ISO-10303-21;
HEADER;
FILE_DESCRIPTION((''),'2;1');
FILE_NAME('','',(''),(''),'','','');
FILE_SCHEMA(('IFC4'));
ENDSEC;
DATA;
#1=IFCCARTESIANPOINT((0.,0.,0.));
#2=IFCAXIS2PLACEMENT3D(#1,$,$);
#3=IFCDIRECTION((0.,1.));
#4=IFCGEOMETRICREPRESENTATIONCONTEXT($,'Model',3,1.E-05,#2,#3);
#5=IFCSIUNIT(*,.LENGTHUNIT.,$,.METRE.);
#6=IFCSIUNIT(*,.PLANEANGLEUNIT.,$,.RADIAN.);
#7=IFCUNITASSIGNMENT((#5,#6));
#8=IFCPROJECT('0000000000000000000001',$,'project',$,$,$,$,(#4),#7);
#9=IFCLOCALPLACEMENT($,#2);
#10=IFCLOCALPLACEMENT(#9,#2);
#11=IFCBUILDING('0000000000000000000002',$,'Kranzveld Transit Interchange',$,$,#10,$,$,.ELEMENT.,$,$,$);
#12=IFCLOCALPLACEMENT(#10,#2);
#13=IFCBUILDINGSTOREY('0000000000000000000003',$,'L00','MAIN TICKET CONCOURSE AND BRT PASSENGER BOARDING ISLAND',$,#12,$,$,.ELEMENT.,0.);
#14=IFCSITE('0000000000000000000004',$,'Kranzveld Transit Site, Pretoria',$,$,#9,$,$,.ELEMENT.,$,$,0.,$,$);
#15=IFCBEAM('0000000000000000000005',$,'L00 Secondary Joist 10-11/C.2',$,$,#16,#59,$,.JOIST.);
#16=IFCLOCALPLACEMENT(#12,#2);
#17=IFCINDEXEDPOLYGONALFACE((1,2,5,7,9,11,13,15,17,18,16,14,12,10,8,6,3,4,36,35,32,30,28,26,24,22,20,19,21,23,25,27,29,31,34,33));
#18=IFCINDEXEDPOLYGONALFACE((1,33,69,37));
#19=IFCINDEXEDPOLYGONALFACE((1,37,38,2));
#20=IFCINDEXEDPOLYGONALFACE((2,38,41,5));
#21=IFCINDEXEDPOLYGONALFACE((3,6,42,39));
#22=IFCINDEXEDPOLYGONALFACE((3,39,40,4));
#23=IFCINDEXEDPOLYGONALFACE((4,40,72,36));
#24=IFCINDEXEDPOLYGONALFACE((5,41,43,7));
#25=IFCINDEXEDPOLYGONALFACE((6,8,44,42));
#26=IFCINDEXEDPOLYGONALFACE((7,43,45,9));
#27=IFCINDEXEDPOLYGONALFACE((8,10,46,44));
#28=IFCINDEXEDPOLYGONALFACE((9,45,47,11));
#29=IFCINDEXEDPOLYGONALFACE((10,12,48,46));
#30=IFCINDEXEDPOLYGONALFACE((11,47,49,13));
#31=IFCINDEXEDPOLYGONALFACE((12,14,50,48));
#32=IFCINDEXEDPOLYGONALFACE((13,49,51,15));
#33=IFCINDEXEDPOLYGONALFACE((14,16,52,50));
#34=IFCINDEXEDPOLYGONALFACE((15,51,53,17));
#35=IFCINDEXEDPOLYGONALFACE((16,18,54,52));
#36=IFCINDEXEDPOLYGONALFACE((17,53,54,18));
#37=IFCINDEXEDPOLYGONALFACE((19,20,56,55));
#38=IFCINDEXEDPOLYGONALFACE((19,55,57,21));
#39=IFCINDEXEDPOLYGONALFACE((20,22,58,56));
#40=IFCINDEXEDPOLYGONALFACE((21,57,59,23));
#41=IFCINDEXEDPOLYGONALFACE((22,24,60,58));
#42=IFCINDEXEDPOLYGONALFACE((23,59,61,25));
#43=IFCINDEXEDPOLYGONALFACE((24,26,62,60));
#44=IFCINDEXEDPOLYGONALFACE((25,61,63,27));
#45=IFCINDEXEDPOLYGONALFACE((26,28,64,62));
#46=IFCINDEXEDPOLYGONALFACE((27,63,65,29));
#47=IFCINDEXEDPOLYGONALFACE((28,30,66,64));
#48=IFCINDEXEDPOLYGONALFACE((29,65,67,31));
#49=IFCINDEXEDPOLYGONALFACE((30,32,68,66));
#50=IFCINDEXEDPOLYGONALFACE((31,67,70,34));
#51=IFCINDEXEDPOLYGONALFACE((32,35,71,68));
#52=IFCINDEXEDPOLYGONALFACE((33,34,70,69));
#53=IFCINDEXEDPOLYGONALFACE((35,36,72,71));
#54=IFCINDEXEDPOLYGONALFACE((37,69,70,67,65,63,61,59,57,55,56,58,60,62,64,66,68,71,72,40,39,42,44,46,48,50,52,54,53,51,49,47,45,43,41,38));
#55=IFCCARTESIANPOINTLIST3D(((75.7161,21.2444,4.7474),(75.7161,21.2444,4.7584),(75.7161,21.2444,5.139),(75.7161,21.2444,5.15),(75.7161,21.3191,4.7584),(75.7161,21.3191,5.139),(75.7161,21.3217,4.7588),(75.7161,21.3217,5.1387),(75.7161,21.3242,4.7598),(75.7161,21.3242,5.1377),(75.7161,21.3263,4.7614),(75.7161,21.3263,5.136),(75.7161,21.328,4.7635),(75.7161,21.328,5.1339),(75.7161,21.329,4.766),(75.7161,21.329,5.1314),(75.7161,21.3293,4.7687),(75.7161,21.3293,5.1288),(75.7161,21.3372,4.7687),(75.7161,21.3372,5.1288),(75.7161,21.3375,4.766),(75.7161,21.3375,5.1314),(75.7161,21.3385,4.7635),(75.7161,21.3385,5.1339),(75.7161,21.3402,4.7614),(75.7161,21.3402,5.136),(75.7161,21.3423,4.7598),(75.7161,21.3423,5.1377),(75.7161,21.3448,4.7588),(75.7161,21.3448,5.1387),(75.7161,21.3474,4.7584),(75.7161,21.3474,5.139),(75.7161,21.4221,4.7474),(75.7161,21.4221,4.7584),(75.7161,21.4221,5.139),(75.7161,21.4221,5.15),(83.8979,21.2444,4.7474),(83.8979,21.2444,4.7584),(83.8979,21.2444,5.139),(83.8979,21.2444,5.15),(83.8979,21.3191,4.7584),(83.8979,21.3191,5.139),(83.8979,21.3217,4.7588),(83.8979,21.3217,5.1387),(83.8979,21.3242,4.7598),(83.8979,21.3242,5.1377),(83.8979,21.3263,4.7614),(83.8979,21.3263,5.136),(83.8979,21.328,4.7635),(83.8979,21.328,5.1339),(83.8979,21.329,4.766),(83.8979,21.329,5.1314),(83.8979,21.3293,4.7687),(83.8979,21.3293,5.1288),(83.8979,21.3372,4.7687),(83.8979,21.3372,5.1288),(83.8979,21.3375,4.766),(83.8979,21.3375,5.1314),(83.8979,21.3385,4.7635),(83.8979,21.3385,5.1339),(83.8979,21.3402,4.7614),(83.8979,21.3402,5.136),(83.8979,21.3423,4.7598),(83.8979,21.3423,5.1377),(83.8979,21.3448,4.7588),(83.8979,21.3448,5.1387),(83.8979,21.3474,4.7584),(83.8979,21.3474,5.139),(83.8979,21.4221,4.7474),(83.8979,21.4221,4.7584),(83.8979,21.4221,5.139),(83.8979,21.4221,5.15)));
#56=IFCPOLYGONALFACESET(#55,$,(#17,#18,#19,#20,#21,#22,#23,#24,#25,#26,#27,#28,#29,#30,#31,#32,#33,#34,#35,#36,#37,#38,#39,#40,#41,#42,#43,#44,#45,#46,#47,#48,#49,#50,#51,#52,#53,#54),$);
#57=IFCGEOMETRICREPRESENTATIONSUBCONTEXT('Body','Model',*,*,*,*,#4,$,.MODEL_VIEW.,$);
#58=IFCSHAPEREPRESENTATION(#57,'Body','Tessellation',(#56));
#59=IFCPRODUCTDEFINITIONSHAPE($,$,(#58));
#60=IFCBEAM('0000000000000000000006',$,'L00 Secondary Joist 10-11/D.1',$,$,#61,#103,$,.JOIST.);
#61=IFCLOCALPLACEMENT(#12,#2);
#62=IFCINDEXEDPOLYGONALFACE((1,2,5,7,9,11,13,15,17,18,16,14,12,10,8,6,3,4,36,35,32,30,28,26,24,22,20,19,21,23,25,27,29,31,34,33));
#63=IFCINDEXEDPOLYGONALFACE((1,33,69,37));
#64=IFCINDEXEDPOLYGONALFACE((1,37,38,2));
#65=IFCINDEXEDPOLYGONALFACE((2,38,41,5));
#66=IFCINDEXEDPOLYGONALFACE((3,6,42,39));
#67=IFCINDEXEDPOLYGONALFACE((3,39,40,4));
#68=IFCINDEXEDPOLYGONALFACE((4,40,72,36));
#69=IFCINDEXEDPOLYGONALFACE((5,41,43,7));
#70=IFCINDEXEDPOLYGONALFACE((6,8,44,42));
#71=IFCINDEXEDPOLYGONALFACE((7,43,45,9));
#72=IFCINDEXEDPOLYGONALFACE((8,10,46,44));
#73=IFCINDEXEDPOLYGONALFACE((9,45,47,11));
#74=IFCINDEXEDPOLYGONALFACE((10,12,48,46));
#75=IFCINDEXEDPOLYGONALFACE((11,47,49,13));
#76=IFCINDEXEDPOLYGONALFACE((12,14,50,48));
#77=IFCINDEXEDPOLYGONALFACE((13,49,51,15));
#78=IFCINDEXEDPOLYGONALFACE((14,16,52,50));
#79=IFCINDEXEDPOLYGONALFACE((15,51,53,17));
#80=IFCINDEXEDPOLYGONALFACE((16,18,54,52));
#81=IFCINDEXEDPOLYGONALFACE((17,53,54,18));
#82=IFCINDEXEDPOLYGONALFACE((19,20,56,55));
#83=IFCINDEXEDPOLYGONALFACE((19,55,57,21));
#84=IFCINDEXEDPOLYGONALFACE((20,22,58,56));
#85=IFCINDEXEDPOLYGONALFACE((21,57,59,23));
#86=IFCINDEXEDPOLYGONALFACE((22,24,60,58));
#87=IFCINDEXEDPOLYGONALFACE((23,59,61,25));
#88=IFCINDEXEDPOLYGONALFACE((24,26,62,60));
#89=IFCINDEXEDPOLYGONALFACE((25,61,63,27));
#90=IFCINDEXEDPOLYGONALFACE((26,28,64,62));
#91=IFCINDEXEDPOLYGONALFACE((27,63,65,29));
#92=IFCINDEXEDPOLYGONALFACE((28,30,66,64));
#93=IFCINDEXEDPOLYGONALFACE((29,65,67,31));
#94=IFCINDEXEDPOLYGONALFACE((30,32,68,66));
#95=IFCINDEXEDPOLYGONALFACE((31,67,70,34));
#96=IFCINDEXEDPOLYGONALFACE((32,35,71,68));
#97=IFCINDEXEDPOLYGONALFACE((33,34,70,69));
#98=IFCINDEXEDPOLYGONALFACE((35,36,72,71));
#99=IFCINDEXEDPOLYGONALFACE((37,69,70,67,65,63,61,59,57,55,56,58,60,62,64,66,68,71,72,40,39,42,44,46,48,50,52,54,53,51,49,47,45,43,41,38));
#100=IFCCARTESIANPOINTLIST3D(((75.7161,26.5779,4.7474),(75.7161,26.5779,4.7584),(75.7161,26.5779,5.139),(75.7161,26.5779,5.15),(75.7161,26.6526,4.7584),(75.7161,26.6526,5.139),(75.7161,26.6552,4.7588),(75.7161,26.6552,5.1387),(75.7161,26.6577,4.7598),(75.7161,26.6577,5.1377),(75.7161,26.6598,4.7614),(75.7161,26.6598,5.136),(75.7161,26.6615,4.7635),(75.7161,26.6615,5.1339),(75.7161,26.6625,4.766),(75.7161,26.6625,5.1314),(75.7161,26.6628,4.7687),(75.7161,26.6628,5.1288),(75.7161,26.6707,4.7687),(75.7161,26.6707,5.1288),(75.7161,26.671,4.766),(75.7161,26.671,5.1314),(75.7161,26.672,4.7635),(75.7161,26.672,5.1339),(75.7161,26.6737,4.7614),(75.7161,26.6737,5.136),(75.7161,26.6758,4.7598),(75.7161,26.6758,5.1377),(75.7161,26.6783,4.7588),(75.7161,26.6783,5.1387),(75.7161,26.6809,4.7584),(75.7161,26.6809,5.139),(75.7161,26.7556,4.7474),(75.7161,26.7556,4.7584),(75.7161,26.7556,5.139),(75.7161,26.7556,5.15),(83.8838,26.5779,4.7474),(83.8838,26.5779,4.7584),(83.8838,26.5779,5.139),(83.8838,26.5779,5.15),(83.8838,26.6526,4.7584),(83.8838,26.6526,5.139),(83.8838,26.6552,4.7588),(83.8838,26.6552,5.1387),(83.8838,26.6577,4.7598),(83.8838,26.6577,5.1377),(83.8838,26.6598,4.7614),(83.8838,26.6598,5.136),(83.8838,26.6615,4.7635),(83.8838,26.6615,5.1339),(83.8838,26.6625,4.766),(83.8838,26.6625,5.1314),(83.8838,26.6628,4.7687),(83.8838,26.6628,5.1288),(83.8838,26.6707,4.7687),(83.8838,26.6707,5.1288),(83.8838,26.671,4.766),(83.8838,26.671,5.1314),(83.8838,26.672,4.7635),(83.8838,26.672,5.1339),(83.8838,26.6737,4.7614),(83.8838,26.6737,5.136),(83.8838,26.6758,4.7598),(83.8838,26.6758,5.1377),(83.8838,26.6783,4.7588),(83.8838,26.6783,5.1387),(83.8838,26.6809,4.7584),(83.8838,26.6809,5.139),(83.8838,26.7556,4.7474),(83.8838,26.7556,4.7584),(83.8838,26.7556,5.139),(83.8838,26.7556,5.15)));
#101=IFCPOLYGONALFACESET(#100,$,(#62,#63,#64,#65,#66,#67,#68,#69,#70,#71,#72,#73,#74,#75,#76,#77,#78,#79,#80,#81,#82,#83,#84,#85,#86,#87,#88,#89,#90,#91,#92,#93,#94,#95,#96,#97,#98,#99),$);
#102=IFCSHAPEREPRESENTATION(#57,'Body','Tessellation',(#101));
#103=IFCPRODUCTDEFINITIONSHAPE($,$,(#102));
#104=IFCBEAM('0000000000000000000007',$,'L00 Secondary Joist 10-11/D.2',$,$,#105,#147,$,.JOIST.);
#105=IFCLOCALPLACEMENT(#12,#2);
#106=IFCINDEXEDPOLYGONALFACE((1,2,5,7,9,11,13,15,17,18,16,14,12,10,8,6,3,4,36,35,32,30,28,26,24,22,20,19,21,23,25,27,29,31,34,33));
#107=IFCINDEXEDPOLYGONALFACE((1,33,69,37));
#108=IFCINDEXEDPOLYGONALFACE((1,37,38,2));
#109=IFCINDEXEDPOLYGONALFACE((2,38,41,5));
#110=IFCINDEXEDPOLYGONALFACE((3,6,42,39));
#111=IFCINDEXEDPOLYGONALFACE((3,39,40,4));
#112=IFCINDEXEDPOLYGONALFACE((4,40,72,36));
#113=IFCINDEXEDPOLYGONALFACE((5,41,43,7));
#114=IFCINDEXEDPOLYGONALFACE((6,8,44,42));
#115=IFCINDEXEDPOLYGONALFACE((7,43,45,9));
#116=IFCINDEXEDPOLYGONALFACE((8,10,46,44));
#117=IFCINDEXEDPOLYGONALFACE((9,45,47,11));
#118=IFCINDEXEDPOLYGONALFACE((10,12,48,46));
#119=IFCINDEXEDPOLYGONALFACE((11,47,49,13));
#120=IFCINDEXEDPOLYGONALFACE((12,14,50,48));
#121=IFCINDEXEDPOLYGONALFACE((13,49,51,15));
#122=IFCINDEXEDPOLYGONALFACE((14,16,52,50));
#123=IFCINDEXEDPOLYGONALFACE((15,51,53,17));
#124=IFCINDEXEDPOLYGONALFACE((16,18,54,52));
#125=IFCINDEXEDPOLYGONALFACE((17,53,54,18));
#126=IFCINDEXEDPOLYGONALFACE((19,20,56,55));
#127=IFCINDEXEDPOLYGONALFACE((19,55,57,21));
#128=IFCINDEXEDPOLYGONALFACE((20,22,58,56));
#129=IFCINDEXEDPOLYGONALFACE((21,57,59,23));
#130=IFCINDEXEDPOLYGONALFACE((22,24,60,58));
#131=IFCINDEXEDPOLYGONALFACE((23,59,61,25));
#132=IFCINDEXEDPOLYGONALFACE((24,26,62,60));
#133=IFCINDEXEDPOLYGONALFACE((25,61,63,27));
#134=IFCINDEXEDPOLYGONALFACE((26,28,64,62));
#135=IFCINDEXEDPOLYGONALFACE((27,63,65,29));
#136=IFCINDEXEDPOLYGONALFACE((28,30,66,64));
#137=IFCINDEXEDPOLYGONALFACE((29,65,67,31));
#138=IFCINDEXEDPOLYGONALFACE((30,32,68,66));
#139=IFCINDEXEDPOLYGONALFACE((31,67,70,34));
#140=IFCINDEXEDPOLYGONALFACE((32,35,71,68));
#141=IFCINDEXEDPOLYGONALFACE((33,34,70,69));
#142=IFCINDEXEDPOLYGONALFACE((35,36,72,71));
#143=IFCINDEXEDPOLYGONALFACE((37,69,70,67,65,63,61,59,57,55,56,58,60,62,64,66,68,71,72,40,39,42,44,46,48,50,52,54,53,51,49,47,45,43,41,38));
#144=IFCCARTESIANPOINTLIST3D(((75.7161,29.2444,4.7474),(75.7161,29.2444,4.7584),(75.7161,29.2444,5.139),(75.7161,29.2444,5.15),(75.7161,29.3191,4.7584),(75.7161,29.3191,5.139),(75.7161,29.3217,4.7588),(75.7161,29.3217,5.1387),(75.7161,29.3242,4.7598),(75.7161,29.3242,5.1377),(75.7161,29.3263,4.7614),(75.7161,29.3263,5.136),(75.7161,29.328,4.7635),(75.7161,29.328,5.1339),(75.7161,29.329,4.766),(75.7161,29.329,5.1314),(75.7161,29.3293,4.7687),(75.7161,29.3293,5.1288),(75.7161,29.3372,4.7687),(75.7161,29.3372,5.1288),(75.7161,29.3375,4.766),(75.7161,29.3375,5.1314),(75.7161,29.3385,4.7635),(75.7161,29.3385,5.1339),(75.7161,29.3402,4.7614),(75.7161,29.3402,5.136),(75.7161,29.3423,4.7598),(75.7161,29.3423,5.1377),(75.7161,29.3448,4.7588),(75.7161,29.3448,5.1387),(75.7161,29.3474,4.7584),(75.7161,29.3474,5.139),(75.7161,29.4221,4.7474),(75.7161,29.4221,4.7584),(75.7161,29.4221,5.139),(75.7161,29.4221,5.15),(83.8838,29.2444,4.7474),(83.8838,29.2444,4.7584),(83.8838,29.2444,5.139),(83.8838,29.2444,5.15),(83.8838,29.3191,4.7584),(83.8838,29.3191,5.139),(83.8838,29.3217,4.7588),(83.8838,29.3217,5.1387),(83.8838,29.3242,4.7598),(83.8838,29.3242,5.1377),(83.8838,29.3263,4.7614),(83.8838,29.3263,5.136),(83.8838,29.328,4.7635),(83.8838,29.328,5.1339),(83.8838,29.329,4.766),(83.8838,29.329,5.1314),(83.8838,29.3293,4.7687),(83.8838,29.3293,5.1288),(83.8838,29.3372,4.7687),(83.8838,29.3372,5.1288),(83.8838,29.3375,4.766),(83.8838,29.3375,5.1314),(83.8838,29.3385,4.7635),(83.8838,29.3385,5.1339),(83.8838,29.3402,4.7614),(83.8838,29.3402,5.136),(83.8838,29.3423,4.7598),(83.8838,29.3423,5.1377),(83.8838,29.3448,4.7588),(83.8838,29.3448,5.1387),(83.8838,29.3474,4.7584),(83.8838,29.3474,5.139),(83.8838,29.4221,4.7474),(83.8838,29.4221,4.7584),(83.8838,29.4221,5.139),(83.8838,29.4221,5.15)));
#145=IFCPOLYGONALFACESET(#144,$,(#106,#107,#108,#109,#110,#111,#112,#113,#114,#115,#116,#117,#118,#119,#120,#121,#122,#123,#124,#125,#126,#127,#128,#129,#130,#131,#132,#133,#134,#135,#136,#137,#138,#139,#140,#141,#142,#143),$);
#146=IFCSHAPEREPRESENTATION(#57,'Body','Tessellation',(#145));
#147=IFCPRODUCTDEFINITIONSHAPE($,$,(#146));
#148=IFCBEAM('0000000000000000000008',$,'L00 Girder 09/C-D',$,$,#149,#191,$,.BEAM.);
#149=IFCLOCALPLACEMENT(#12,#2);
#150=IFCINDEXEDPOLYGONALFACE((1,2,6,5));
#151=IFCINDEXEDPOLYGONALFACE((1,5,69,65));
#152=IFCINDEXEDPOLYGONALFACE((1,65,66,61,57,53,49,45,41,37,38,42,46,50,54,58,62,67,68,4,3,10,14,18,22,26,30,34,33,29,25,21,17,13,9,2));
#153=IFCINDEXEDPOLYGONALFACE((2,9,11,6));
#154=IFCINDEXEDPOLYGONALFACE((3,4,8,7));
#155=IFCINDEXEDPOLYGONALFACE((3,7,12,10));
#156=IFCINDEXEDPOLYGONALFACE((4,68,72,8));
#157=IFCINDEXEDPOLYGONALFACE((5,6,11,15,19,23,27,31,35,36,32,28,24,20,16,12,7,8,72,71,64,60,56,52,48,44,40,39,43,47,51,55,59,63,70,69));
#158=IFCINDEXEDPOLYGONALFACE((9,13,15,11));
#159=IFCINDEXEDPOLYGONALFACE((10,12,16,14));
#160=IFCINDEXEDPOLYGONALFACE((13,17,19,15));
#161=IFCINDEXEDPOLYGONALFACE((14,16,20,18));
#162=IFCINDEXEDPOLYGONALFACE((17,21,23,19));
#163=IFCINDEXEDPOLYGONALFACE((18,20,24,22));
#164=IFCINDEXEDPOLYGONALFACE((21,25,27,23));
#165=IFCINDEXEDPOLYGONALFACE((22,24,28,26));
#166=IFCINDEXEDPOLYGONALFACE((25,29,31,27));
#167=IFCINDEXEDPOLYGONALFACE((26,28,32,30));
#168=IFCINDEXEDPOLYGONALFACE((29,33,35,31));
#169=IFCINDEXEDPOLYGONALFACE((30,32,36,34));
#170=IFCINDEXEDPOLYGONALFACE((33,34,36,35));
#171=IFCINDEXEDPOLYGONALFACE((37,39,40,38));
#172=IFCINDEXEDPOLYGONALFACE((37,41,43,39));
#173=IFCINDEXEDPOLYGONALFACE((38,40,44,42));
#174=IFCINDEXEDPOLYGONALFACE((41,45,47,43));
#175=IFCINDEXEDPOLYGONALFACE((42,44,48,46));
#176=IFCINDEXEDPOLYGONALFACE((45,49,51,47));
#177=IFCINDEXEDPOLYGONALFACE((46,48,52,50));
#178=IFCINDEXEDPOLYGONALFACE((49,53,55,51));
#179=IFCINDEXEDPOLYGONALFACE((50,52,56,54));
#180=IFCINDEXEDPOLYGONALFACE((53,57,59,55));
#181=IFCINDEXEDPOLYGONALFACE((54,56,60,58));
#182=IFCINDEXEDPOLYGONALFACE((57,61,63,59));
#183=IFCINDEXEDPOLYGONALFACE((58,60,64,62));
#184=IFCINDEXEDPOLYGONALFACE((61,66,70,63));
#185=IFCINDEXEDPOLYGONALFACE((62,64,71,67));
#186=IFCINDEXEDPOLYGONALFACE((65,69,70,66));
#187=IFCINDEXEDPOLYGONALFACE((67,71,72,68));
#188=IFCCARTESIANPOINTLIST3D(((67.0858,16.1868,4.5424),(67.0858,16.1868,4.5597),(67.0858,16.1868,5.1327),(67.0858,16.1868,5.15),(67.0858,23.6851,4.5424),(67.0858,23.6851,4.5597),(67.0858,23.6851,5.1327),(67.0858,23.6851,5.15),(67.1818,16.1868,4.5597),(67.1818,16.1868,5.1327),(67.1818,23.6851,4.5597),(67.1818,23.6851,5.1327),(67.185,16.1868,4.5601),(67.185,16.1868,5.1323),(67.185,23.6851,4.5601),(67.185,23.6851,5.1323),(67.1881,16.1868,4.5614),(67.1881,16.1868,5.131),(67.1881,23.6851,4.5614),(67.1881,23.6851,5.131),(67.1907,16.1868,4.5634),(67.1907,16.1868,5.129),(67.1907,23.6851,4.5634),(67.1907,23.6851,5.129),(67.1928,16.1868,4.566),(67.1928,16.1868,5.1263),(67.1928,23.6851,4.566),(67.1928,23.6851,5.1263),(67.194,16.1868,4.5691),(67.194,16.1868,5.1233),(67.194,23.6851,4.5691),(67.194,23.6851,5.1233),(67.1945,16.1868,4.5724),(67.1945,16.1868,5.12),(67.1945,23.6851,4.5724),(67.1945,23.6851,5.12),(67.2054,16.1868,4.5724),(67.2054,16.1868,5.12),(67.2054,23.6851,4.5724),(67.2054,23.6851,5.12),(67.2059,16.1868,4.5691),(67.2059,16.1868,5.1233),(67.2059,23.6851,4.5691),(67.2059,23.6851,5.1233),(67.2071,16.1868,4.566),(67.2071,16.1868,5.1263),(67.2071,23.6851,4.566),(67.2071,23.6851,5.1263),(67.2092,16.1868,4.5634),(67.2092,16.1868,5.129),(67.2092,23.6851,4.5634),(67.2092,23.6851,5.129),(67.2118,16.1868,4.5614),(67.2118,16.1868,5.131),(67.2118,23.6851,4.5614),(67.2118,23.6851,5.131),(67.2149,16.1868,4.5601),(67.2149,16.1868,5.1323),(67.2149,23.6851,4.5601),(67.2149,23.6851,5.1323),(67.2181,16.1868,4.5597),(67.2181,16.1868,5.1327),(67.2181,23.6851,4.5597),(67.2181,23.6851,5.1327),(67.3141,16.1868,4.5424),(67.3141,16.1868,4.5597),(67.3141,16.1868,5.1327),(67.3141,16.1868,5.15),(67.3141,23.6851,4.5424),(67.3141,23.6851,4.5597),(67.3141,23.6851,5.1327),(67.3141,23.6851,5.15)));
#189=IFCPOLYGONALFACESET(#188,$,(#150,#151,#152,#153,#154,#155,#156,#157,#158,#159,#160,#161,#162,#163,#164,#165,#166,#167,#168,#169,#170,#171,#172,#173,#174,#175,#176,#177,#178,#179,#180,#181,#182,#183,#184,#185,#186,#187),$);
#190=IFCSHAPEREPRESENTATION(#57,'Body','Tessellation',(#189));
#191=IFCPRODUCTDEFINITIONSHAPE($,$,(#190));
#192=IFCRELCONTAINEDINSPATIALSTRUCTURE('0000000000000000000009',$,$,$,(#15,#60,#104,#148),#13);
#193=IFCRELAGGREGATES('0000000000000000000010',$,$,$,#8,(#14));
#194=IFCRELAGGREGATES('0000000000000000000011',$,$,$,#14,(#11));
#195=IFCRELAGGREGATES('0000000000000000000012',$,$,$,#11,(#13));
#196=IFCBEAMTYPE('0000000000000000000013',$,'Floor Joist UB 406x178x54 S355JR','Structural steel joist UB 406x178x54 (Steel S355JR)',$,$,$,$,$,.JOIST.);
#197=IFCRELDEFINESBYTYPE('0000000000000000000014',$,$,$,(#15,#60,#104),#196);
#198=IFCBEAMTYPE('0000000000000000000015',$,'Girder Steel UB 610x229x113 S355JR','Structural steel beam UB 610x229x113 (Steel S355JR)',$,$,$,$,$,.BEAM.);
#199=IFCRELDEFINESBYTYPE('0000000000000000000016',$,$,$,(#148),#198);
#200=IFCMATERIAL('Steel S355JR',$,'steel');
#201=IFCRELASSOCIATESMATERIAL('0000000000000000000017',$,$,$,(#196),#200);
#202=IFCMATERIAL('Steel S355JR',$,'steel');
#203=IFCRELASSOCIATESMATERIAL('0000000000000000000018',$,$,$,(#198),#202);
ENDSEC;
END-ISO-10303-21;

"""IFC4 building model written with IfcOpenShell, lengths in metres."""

from ifc_helpers import new_model, si_unit, direction, frame, origin, origin_2d, place, context, subcontext, project, spatial, i_section, extrude, material, material_profile, profile_set, type_object, element, save


model = new_model("IFC4")

# Units and contexts
model_context = context("Model", 3, precision=1e-05, world=origin(), true_north=direction((0.0, 1.0)))
body_context = subcontext(model_context, "Body", "Model", "MODEL_VIEW")
ifc_project = project(units=[si_unit("LENGTHUNIT", "METRE"), si_unit("PLANEANGLEUNIT", "RADIAN")], contexts=[model_context])

# Site, building, storey
site_placement = place(None, origin())
site = spatial("IfcSite", under=ifc_project, at=site_placement, Name="Kranzveld Transit Site, Pretoria", CompositionType="ELEMENT", RefElevation=0.0)
building_placement = place(site_placement, origin())
building = spatial("IfcBuilding", under=site, at=building_placement, Name="Kranzveld Transit Interchange", CompositionType="ELEMENT")
storey_placement = place(building_placement, origin())
storey = spatial("IfcBuildingStorey", under=building, at=storey_placement, Name="L00", Description="MAIN TICKET CONCOURSE AND BRT PASSENGER BOARDING ISLAND", CompositionType="ELEMENT", Elevation=0.0)

# Beams
ifc_material_1 = material(Name="Steel S355JR", Category="steel")
ifc_material_profile_1 = material_profile(ifc_material_1, i_section(OverallWidth=0.1777, OverallDepth=0.4026, WebThickness=0.0078, FlangeThickness=0.011, FilletRadius=0.0103, at=origin_2d()), Name="UB 406x178x54")
ifc_profile_set_1 = profile_set([ifc_material_profile_1], Name="Steel S355JR")
beam_type_1 = type_object("IfcBeamType", Name="Floor Joist UB 406x178x54 S355JR", Description="Structural steel joist UB 406x178x54 (Steel S355JR)", PredefinedType="JOIST", material=ifc_profile_set_1)
for number, where, z_axis, x_axis, name in (
    (1, (75.7161, 21.3333, 4.9487), (1.0, 0.0, 0.0), (0.0, 1.0, 0.0), "L00 Secondary Joist 10-11/C.2"),
):
    element("IfcBeam", number, at=place(storey_placement, frame(where, z_axis=z_axis, x_axis=x_axis)), inside=storey, type_object=beam_type_1, Name=name, PredefinedType="JOIST", context=body_context, shape_type="SweptSolid", body=[
        extrude(i_section(OverallWidth=0.1777, OverallDepth=0.4026, WebThickness=0.0078, FlangeThickness=0.011, FilletRadius=0.0103, at=origin_2d()), origin(), (0.0, 0.0, 1.0), 8.1819),
    ])
for number, where, z_axis, x_axis, name in (
    (2, (75.7161, 26.6667, 4.9487), (1.0, 0.0, 0.0), (0.0, 1.0, 0.0), "L00 Secondary Joist 10-11/D.1"),
    (3, (75.7161, 29.3333, 4.9487), (1.0, 0.0, 0.0), (0.0, 1.0, 0.0), "L00 Secondary Joist 10-11/D.2"),
):
    element("IfcBeam", number, at=place(storey_placement, frame(where, z_axis=z_axis, x_axis=x_axis)), inside=storey, type_object=beam_type_1, Name=name, PredefinedType="JOIST", context=body_context, shape_type="SweptSolid", body=[
        extrude(i_section(OverallWidth=0.1777, OverallDepth=0.4026, WebThickness=0.0078, FlangeThickness=0.011, FilletRadius=0.0103, at=origin_2d()), origin(), (0.0, 0.0, 1.0), 8.1677),
    ])
ifc_material_2 = material(Name="Steel S355JR", Category="steel")
ifc_material_profile_2 = material_profile(ifc_material_2, i_section(OverallWidth=0.2283, OverallDepth=0.6077, WebThickness=0.011, FlangeThickness=0.0173, FilletRadius=0.0127, at=origin_2d()), Name="UB 610x229x113")
ifc_profile_set_2 = profile_set([ifc_material_profile_2], Name="Steel S355JR")
beam_type_2 = type_object("IfcBeamType", Name="Girder Steel UB 610x229x113 S355JR", Description="Structural steel beam UB 610x229x113 (Steel S355JR)", PredefinedType="BEAM", material=ifc_profile_set_2)
beam_1_placement = place(storey_placement, frame((67.2, 16.1868, 4.8462), z_axis=(0.0, 1.0, 0.0), x_axis=(-1.0, 0.0, 0.0)))
element("IfcBeam", 4, at=beam_1_placement, inside=storey, type_object=beam_type_2, Name="L00 Girder 09/C-D", PredefinedType="BEAM", context=body_context, shape_type="SweptSolid", body=[
    extrude(i_section(OverallWidth=0.2283, OverallDepth=0.6077, WebThickness=0.011, FlangeThickness=0.0173, FilletRadius=0.0127, at=origin_2d()), origin(), (0.0, 0.0, 1.0), 7.4983),
])

save(model, "model.ifc")
